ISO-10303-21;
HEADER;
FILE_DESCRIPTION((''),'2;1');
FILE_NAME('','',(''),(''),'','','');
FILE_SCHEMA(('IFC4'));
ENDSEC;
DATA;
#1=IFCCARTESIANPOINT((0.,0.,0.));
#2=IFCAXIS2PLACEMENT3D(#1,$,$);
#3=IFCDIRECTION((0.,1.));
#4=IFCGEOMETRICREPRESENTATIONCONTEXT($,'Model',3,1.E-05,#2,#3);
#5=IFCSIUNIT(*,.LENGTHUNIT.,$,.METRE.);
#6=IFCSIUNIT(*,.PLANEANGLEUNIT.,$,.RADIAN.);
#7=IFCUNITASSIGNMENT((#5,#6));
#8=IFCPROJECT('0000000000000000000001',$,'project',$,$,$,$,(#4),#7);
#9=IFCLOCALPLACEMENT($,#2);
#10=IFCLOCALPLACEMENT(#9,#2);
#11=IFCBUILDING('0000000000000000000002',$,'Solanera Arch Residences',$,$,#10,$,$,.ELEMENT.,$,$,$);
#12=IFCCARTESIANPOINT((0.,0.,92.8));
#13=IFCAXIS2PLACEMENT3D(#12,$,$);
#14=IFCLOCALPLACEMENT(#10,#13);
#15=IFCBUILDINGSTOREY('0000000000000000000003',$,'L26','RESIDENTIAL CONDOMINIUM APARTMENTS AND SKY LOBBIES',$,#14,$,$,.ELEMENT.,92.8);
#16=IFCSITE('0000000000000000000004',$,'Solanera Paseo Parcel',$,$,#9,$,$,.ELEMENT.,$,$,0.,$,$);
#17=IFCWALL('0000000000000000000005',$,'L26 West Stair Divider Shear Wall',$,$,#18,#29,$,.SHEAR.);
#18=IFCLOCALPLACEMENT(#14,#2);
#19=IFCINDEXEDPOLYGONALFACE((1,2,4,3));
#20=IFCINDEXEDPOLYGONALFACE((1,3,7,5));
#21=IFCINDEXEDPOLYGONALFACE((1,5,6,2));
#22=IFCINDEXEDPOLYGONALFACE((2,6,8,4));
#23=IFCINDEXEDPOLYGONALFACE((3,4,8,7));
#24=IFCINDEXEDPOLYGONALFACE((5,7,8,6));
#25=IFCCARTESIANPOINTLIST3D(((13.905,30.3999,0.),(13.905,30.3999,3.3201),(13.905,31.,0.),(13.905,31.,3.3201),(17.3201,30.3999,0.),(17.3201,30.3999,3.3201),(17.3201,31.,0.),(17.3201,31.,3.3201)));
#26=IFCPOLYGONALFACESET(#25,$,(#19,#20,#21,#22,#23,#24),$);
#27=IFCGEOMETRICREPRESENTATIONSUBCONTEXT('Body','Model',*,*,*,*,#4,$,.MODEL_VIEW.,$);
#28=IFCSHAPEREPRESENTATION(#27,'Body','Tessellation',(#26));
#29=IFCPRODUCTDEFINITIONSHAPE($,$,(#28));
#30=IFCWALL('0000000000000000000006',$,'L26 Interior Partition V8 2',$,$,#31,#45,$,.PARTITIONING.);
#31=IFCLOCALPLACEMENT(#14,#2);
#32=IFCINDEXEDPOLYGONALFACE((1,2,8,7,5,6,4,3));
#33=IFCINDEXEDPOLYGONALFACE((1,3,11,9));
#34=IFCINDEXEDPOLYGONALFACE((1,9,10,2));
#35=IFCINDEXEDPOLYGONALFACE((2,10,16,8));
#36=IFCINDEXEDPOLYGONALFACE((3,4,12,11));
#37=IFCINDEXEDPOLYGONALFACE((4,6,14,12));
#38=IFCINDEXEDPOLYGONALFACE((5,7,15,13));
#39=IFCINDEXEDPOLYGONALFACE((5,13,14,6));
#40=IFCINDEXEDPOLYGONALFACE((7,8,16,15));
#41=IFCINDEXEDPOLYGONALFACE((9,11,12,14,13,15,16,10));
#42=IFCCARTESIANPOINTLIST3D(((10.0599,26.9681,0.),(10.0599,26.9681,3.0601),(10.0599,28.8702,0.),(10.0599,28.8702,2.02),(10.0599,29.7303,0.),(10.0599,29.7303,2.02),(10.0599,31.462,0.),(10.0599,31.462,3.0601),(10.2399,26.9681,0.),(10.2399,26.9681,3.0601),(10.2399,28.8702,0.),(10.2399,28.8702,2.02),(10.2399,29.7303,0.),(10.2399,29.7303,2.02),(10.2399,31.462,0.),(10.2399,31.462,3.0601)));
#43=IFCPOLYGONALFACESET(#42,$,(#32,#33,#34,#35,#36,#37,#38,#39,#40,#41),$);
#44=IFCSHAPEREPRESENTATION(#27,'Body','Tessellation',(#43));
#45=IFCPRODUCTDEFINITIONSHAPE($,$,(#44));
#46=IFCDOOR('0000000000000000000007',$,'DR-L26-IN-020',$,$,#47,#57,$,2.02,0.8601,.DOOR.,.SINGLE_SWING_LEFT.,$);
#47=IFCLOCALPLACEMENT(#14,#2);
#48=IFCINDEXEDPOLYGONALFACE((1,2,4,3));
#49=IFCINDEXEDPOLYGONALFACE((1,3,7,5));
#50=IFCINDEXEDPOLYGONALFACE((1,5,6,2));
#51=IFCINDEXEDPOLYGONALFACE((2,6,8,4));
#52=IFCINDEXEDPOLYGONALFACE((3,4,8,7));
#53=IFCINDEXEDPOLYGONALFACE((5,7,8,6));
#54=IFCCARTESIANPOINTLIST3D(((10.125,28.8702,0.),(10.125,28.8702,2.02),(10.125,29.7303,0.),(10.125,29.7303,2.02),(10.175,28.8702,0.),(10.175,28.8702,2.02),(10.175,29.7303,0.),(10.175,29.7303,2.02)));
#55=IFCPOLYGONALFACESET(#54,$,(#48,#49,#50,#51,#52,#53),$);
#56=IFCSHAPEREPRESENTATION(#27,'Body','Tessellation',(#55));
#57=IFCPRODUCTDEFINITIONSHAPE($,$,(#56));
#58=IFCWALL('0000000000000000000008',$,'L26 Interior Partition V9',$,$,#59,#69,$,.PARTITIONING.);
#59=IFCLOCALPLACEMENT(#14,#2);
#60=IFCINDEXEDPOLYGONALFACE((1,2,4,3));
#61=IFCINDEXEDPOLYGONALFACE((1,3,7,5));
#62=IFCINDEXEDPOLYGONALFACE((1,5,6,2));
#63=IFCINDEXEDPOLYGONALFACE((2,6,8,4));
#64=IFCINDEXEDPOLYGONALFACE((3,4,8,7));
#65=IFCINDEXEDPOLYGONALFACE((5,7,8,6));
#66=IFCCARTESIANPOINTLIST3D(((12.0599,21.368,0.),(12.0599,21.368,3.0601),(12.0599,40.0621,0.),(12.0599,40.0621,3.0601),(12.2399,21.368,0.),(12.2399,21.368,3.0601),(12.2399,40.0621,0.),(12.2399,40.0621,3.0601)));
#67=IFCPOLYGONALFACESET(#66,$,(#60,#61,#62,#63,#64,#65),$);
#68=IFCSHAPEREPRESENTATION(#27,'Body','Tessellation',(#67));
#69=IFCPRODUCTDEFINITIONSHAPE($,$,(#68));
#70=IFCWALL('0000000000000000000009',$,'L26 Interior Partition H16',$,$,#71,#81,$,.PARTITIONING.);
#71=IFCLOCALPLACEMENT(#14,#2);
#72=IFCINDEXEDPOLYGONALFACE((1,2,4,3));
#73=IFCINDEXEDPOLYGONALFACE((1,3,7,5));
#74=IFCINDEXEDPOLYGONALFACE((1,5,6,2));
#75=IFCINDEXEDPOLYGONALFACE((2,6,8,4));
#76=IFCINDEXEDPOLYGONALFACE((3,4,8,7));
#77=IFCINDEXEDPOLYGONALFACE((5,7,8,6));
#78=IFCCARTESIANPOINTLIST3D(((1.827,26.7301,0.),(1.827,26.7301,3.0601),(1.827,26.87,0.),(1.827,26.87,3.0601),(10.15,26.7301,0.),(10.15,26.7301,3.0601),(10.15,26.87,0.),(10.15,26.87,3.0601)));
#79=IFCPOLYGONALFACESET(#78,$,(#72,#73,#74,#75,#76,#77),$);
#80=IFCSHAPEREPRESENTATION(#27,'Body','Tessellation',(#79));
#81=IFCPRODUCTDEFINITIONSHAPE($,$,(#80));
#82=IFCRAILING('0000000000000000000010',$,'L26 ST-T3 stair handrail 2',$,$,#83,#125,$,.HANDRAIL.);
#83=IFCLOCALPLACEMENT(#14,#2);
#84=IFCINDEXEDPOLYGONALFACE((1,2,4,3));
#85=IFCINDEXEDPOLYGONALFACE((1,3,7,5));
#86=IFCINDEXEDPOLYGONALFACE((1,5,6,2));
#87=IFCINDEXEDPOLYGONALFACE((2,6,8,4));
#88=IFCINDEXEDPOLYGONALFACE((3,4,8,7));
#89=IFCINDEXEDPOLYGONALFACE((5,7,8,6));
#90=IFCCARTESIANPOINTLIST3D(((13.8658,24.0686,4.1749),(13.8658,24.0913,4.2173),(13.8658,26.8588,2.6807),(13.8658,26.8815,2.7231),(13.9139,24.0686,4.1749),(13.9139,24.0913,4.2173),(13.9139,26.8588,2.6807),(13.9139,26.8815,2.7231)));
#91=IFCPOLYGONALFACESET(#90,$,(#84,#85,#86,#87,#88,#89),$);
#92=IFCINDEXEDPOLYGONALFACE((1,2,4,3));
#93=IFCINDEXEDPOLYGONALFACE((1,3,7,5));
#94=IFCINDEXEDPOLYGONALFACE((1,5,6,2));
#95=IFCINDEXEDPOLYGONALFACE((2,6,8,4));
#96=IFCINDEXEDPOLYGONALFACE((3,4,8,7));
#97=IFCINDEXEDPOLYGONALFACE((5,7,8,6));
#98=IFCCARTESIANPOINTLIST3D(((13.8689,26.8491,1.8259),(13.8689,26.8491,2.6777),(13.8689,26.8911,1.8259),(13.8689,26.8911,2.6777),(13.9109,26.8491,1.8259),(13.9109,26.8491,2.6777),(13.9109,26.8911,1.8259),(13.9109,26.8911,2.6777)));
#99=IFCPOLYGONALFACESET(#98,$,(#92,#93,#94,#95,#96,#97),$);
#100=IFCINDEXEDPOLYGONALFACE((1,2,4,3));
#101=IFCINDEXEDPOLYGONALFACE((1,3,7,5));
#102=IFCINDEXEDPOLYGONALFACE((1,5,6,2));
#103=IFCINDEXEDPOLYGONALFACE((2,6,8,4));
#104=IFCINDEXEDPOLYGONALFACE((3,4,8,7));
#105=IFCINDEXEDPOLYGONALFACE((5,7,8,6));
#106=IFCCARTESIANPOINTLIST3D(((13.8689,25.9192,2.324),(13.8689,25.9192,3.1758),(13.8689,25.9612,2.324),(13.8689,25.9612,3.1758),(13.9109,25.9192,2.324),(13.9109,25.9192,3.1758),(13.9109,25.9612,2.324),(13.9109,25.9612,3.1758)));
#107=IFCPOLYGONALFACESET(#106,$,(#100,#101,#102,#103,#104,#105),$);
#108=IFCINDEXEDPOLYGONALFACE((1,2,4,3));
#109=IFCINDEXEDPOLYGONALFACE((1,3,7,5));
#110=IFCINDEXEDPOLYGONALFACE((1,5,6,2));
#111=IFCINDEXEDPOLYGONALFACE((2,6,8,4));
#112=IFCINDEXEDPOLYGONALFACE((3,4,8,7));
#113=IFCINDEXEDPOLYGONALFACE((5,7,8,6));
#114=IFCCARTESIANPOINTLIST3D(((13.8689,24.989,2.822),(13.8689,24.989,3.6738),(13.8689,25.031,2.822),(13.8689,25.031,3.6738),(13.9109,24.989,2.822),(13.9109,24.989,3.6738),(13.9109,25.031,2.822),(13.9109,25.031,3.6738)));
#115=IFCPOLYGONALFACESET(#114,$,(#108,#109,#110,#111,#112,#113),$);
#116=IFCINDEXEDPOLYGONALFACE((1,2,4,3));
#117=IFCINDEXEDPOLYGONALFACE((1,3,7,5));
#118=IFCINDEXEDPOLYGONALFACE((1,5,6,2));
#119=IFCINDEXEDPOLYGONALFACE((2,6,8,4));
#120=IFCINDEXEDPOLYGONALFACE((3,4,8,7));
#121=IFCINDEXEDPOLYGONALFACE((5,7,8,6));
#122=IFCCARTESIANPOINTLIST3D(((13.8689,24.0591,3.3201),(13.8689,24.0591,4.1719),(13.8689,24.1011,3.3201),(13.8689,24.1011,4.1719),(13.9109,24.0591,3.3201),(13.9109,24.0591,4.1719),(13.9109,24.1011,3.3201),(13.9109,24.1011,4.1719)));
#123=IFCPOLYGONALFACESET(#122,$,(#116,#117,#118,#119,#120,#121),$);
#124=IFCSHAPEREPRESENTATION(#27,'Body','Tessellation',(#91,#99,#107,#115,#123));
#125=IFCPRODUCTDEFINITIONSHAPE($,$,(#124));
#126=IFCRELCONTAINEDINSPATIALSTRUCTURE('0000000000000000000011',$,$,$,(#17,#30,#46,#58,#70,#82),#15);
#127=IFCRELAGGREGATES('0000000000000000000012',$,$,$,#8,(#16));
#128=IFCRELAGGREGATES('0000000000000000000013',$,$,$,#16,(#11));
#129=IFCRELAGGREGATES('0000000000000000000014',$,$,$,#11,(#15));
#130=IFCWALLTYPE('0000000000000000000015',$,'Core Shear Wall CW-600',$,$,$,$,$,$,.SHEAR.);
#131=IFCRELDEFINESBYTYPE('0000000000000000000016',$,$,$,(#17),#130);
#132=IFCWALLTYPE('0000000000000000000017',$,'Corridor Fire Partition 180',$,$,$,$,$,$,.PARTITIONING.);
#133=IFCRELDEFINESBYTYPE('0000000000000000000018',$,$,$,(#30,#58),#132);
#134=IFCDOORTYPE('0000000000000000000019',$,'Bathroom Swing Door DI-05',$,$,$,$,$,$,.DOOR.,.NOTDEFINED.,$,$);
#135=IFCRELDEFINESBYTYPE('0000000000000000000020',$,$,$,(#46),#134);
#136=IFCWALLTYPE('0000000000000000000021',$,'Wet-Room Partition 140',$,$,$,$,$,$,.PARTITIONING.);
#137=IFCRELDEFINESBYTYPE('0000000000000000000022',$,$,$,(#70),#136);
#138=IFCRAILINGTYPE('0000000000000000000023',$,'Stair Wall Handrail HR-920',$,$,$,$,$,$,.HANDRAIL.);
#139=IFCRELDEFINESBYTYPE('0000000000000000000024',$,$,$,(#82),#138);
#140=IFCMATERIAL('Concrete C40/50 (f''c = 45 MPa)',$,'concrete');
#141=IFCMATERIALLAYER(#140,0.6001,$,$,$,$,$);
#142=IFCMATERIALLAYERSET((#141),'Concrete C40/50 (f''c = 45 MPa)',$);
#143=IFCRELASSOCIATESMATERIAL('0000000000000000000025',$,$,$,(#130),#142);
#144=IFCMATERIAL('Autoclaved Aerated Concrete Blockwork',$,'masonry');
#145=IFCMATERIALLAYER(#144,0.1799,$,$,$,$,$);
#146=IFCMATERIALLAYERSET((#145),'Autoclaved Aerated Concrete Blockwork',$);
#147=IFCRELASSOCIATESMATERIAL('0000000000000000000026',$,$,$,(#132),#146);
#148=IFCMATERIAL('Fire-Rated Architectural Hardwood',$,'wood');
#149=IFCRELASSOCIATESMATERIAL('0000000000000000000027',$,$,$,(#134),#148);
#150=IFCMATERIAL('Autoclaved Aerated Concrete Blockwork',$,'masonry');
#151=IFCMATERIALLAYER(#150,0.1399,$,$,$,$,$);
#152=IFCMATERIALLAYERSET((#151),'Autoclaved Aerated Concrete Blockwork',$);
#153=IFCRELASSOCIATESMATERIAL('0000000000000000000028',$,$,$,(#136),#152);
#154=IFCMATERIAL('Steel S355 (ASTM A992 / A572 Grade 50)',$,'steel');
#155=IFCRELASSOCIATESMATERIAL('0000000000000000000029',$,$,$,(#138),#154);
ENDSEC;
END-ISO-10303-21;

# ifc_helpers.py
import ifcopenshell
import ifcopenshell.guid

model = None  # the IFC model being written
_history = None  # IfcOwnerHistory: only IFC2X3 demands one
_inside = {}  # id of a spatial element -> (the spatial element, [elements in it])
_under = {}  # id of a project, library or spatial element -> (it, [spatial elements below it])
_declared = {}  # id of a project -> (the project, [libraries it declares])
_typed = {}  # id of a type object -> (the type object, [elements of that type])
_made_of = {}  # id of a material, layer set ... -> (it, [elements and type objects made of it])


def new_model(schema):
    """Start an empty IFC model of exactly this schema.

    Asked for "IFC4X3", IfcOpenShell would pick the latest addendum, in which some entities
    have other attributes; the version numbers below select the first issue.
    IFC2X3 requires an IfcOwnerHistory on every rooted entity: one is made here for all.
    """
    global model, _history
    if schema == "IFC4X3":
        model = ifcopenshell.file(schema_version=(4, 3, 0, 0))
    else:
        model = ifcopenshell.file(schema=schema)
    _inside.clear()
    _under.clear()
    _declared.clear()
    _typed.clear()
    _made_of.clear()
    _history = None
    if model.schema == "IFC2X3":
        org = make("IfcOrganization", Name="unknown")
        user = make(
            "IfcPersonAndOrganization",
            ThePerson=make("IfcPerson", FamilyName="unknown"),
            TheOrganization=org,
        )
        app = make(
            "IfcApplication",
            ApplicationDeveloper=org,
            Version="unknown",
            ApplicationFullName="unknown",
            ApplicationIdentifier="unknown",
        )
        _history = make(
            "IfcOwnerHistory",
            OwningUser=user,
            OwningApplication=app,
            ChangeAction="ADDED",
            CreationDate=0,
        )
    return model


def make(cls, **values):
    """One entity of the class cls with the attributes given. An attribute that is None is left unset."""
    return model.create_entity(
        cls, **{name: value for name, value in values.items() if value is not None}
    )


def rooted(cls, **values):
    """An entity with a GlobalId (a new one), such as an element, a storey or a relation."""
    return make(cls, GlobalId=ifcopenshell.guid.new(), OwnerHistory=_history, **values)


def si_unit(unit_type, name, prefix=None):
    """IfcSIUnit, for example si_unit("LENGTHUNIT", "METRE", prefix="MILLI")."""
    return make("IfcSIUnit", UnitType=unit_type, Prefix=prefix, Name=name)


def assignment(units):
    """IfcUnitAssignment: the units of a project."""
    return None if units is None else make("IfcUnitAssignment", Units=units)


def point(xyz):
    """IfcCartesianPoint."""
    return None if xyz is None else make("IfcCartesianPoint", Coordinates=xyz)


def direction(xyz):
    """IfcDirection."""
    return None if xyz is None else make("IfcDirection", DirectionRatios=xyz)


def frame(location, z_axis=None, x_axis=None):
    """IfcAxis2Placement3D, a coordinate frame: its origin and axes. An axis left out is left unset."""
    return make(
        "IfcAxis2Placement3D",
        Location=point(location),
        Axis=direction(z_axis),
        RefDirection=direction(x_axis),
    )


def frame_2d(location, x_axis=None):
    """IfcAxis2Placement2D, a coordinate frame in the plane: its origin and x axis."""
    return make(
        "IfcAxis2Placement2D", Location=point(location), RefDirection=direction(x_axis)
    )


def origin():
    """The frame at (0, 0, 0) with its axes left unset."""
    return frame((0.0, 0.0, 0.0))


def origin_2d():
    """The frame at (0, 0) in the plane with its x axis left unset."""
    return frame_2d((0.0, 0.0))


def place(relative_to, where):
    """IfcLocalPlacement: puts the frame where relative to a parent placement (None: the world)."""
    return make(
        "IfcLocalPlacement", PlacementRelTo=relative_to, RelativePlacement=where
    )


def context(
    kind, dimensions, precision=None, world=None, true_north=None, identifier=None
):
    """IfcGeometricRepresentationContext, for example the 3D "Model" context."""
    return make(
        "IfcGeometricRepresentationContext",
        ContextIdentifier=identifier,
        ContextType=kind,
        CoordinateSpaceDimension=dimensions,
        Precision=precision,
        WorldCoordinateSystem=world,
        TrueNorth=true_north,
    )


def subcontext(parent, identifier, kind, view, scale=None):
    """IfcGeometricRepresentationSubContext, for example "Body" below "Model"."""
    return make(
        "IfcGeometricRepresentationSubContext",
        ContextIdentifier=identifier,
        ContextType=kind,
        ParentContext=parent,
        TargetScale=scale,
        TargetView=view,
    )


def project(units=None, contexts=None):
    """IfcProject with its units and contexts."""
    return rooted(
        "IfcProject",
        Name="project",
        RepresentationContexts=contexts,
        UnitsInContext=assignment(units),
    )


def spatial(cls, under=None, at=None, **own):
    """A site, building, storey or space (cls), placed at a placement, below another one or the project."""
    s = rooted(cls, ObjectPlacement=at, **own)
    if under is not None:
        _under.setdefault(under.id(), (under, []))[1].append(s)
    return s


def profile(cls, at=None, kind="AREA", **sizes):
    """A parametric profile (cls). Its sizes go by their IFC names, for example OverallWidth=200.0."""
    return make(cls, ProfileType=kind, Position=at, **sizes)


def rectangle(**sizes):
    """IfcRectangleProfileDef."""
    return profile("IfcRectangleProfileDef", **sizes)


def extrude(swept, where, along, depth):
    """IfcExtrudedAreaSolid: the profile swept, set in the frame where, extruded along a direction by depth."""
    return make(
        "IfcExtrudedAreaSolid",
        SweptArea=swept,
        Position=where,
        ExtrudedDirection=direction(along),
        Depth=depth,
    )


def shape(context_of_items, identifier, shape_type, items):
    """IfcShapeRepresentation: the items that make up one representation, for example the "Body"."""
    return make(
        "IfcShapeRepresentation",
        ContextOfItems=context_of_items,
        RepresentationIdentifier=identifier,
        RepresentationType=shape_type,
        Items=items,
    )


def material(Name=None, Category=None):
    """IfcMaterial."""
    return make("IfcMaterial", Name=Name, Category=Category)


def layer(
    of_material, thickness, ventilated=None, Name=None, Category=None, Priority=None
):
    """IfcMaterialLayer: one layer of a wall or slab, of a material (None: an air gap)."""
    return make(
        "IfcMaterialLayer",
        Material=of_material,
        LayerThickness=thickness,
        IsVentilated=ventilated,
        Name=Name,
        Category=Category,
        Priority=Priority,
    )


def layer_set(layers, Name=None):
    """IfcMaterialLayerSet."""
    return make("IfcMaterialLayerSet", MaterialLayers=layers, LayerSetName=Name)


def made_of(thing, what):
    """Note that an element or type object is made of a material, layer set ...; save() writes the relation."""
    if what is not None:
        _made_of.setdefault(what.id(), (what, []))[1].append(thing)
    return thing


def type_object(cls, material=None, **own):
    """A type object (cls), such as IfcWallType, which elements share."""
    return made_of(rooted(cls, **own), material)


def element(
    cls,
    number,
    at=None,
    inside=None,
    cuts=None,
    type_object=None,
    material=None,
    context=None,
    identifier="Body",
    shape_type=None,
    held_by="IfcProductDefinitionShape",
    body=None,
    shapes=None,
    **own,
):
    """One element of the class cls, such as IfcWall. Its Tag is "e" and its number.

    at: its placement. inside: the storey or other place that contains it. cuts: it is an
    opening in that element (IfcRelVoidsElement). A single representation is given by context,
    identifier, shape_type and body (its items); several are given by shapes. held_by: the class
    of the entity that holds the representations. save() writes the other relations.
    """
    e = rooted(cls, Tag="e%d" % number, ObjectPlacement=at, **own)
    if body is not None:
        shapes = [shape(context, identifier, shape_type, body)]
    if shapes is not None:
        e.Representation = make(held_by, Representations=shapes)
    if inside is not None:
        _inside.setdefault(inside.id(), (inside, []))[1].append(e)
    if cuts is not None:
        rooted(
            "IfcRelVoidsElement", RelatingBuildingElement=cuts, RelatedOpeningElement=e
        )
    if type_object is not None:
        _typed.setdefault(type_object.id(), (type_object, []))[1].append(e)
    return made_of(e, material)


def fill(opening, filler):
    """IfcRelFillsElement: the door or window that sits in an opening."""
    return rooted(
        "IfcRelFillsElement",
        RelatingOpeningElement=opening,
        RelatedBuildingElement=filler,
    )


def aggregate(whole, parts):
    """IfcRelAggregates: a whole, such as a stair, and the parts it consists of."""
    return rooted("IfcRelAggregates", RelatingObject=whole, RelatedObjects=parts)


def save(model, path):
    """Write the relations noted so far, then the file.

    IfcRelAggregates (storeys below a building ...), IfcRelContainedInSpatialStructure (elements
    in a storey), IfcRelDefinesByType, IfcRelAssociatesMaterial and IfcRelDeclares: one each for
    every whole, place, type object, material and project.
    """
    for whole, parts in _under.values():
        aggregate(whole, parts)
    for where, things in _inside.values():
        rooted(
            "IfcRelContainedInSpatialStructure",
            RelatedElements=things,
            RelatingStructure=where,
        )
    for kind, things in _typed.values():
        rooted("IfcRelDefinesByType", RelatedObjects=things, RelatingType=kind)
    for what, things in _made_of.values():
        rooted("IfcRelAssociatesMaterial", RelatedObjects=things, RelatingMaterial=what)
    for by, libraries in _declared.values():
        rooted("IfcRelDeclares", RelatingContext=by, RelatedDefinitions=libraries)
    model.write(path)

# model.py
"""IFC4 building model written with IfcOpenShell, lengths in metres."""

from ifc_helpers import new_model, si_unit, direction, frame, frame_2d, origin, origin_2d, place, context, subcontext, project, spatial, rectangle, extrude, material, layer, layer_set, type_object, element, fill, save


model = new_model("IFC4")

# Units and contexts
model_context = context("Model", 3, precision=1e-05, world=origin(), true_north=direction((0.0, 1.0)))
body_context = subcontext(model_context, "Body", "Model", "MODEL_VIEW")
ifc_project = project(units=[si_unit("LENGTHUNIT", "METRE"), si_unit("PLANEANGLEUNIT", "RADIAN")], contexts=[model_context])

# Site, building, storey
site_placement = place(None, origin())
site = spatial("IfcSite", under=ifc_project, at=site_placement, Name="Solanera Paseo Parcel", CompositionType="ELEMENT", RefElevation=0.0)
building_placement = place(site_placement, origin())
building = spatial("IfcBuilding", under=site, at=building_placement, Name="Solanera Arch Residences", CompositionType="ELEMENT")
storey_placement = place(building_placement, frame((0.0, 0.0, 92.8)))
storey = spatial("IfcBuildingStorey", under=building, at=storey_placement, Name="L26", Description="RESIDENTIAL CONDOMINIUM APARTMENTS AND SKY LOBBIES", CompositionType="ELEMENT", Elevation=92.8)

# Wall
ifc_material_1 = material(Name="Concrete C40/50 (f'c = 45 MPa)", Category="concrete")
ifc_layer_1 = layer(ifc_material_1, 0.6001)
ifc_layer_set_1 = layer_set([ifc_layer_1], Name="Concrete C40/50 (f'c = 45 MPa)")
wall_type_1 = type_object("IfcWallType", Name="Core Shear Wall CW-600", PredefinedType="SHEAR", material=ifc_layer_set_1)
wall_1_placement = place(storey_placement, frame((13.905, 30.7, 0.0), z_axis=(0.0, 0.0, 1.0), x_axis=(1.0, 0.0, 0.0)))
element("IfcWall", 1, at=wall_1_placement, inside=storey, type_object=wall_type_1, Name="L26 West Stair Divider Shear Wall", PredefinedType="SHEAR", context=body_context, shape_type="SweptSolid", body=[
    extrude(rectangle(XDim=3.415, YDim=0.6001, at=frame_2d((1.7075, 0.0))), origin(), (0.0, 0.0, 1.0), 3.3201),
])

# Wall, opening, door
ifc_material_2 = material(Name="Autoclaved Aerated Concrete Blockwork", Category="masonry")
ifc_layer_2 = layer(ifc_material_2, 0.1799)
ifc_layer_set_2 = layer_set([ifc_layer_2], Name="Autoclaved Aerated Concrete Blockwork")
wall_type_2 = type_object("IfcWallType", Name="Corridor Fire Partition 180", PredefinedType="PARTITIONING", material=ifc_layer_set_2)
wall_2_placement = place(storey_placement, frame((10.1499, 26.968, 0.0), z_axis=(0.0, 0.0, 1.0), x_axis=(0.0, 1.0, 0.0)))
wall_2 = element("IfcWall", 2, at=wall_2_placement, inside=storey, type_object=wall_type_2, Name="L26 Interior Partition V8 2", PredefinedType="PARTITIONING", context=body_context, shape_type="SweptSolid", body=[
    extrude(rectangle(XDim=4.4939, YDim=0.1799, at=frame_2d((2.2471, 0.0))), origin(), (0.0, 0.0, 1.0), 3.0601),
])
opening_placement = place(wall_2_placement, frame((1.9021, 0.0, 0.0)))
opening = element("IfcOpeningElement", 3, at=opening_placement, cuts=wall_2, PredefinedType="OPENING", context=body_context, shape_type="SweptSolid", body=[
    extrude(rectangle(XDim=0.8601, YDim=2.02, at=frame_2d((0.4302, 1.01))), frame((0.0, 0.1001, 0.0), z_axis=(0.0, -1.0, 0.0), x_axis=(1.0, 0.0, 0.0)), (0.0, 0.0, 1.0), 0.1999),
])
ifc_material_3 = material(Name="Fire-Rated Architectural Hardwood", Category="wood")
door_type = type_object("IfcDoorType", Name="Bathroom Swing Door DI-05", OperationType="NOTDEFINED", PredefinedType="DOOR", material=ifc_material_3)
door_placement = place(opening_placement, origin())
door = element("IfcDoor", 4, at=door_placement, inside=storey, type_object=door_type, Name="DR-L26-IN-020", OperationType="SINGLE_SWING_LEFT", OverallHeight=2.02, OverallWidth=0.8601, PredefinedType="DOOR", context=body_context, shape_type="SweptSolid", body=[
    extrude(rectangle(XDim=0.8601, YDim=2.02, at=frame_2d((0.4302, 1.01))), frame((0.0, 0.0249, 0.0), z_axis=(0.0, -1.0, 0.0), x_axis=(1.0, 0.0, 0.0)), (0.0, 0.0, 1.0), 0.05),
])
fill(opening, door)

# Walls
wall_3_placement = place(storey_placement, frame((12.1499, 21.3679, 0.0), z_axis=(0.0, 0.0, 1.0), x_axis=(0.0, 1.0, 0.0)))
element("IfcWall", 5, at=wall_3_placement, inside=storey, type_object=wall_type_2, Name="L26 Interior Partition V9", PredefinedType="PARTITIONING", context=body_context, shape_type="SweptSolid", body=[
    extrude(rectangle(XDim=18.6941, YDim=0.1799, at=frame_2d((9.3472, 0.0))), origin(), (0.0, 0.0, 1.0), 3.0601),
])
ifc_material_4 = material(Name="Autoclaved Aerated Concrete Blockwork", Category="masonry")
ifc_layer_3 = layer(ifc_material_4, 0.1399)
ifc_layer_set_3 = layer_set([ifc_layer_3], Name="Autoclaved Aerated Concrete Blockwork")
wall_type_3 = type_object("IfcWallType", Name="Wet-Room Partition 140", PredefinedType="PARTITIONING", material=ifc_layer_set_3)
wall_4_placement = place(storey_placement, frame((1.8269, 26.8, 0.0), z_axis=(0.0, 0.0, 1.0), x_axis=(1.0, 0.0, 0.0)))
element("IfcWall", 6, at=wall_4_placement, inside=storey, type_object=wall_type_3, Name="L26 Interior Partition H16", PredefinedType="PARTITIONING", context=body_context, shape_type="SweptSolid", body=[
    extrude(rectangle(XDim=8.323, YDim=0.1399, at=frame_2d((4.1616, 0.0))), origin(), (0.0, 0.0, 1.0), 3.0601),
])

# Railing
ifc_material_5 = material(Name="Steel S355 (ASTM A992 / A572 Grade 50)", Category="steel")
railing_type = type_object("IfcRailingType", Name="Stair Wall Handrail HR-920", PredefinedType="HANDRAIL", material=ifc_material_5)
railing_placement = place(storey_placement, frame((13.8899, 26.8701, 1.8259)))
element("IfcRailing", 7, at=railing_placement, inside=storey, type_object=railing_type, Name="L26 ST-T3 stair handrail 2", PredefinedType="HANDRAIL", context=body_context, shape_type="SweptSolid", body=[
    extrude(rectangle(XDim=0.0481, YDim=0.0481, at=origin_2d()), frame((0.0, 0.0, 0.876), z_axis=(0.0, -0.881549, 0.472093), x_axis=(1.0, 0.0, 0.0)), (0.0, 0.0, 1.0), 3.165),
    extrude(rectangle(XDim=0.042, YDim=0.042, at=origin_2d()), origin(), (0.0, 0.0, 1.0), 0.8518),
    extrude(rectangle(XDim=0.042, YDim=0.042, at=origin_2d()), frame((0.0, -0.9299, 0.498)), (0.0, 0.0, 1.0), 0.8518),
    extrude(rectangle(XDim=0.042, YDim=0.042, at=origin_2d()), frame((0.0, -1.8601, 0.9961)), (0.0, 0.0, 1.0), 0.8518),
    extrude(rectangle(XDim=0.042, YDim=0.042, at=origin_2d()), frame((0.0, -2.79, 1.4941)), (0.0, 0.0, 1.0), 0.8518),
])

save(model, "model.ifc")
